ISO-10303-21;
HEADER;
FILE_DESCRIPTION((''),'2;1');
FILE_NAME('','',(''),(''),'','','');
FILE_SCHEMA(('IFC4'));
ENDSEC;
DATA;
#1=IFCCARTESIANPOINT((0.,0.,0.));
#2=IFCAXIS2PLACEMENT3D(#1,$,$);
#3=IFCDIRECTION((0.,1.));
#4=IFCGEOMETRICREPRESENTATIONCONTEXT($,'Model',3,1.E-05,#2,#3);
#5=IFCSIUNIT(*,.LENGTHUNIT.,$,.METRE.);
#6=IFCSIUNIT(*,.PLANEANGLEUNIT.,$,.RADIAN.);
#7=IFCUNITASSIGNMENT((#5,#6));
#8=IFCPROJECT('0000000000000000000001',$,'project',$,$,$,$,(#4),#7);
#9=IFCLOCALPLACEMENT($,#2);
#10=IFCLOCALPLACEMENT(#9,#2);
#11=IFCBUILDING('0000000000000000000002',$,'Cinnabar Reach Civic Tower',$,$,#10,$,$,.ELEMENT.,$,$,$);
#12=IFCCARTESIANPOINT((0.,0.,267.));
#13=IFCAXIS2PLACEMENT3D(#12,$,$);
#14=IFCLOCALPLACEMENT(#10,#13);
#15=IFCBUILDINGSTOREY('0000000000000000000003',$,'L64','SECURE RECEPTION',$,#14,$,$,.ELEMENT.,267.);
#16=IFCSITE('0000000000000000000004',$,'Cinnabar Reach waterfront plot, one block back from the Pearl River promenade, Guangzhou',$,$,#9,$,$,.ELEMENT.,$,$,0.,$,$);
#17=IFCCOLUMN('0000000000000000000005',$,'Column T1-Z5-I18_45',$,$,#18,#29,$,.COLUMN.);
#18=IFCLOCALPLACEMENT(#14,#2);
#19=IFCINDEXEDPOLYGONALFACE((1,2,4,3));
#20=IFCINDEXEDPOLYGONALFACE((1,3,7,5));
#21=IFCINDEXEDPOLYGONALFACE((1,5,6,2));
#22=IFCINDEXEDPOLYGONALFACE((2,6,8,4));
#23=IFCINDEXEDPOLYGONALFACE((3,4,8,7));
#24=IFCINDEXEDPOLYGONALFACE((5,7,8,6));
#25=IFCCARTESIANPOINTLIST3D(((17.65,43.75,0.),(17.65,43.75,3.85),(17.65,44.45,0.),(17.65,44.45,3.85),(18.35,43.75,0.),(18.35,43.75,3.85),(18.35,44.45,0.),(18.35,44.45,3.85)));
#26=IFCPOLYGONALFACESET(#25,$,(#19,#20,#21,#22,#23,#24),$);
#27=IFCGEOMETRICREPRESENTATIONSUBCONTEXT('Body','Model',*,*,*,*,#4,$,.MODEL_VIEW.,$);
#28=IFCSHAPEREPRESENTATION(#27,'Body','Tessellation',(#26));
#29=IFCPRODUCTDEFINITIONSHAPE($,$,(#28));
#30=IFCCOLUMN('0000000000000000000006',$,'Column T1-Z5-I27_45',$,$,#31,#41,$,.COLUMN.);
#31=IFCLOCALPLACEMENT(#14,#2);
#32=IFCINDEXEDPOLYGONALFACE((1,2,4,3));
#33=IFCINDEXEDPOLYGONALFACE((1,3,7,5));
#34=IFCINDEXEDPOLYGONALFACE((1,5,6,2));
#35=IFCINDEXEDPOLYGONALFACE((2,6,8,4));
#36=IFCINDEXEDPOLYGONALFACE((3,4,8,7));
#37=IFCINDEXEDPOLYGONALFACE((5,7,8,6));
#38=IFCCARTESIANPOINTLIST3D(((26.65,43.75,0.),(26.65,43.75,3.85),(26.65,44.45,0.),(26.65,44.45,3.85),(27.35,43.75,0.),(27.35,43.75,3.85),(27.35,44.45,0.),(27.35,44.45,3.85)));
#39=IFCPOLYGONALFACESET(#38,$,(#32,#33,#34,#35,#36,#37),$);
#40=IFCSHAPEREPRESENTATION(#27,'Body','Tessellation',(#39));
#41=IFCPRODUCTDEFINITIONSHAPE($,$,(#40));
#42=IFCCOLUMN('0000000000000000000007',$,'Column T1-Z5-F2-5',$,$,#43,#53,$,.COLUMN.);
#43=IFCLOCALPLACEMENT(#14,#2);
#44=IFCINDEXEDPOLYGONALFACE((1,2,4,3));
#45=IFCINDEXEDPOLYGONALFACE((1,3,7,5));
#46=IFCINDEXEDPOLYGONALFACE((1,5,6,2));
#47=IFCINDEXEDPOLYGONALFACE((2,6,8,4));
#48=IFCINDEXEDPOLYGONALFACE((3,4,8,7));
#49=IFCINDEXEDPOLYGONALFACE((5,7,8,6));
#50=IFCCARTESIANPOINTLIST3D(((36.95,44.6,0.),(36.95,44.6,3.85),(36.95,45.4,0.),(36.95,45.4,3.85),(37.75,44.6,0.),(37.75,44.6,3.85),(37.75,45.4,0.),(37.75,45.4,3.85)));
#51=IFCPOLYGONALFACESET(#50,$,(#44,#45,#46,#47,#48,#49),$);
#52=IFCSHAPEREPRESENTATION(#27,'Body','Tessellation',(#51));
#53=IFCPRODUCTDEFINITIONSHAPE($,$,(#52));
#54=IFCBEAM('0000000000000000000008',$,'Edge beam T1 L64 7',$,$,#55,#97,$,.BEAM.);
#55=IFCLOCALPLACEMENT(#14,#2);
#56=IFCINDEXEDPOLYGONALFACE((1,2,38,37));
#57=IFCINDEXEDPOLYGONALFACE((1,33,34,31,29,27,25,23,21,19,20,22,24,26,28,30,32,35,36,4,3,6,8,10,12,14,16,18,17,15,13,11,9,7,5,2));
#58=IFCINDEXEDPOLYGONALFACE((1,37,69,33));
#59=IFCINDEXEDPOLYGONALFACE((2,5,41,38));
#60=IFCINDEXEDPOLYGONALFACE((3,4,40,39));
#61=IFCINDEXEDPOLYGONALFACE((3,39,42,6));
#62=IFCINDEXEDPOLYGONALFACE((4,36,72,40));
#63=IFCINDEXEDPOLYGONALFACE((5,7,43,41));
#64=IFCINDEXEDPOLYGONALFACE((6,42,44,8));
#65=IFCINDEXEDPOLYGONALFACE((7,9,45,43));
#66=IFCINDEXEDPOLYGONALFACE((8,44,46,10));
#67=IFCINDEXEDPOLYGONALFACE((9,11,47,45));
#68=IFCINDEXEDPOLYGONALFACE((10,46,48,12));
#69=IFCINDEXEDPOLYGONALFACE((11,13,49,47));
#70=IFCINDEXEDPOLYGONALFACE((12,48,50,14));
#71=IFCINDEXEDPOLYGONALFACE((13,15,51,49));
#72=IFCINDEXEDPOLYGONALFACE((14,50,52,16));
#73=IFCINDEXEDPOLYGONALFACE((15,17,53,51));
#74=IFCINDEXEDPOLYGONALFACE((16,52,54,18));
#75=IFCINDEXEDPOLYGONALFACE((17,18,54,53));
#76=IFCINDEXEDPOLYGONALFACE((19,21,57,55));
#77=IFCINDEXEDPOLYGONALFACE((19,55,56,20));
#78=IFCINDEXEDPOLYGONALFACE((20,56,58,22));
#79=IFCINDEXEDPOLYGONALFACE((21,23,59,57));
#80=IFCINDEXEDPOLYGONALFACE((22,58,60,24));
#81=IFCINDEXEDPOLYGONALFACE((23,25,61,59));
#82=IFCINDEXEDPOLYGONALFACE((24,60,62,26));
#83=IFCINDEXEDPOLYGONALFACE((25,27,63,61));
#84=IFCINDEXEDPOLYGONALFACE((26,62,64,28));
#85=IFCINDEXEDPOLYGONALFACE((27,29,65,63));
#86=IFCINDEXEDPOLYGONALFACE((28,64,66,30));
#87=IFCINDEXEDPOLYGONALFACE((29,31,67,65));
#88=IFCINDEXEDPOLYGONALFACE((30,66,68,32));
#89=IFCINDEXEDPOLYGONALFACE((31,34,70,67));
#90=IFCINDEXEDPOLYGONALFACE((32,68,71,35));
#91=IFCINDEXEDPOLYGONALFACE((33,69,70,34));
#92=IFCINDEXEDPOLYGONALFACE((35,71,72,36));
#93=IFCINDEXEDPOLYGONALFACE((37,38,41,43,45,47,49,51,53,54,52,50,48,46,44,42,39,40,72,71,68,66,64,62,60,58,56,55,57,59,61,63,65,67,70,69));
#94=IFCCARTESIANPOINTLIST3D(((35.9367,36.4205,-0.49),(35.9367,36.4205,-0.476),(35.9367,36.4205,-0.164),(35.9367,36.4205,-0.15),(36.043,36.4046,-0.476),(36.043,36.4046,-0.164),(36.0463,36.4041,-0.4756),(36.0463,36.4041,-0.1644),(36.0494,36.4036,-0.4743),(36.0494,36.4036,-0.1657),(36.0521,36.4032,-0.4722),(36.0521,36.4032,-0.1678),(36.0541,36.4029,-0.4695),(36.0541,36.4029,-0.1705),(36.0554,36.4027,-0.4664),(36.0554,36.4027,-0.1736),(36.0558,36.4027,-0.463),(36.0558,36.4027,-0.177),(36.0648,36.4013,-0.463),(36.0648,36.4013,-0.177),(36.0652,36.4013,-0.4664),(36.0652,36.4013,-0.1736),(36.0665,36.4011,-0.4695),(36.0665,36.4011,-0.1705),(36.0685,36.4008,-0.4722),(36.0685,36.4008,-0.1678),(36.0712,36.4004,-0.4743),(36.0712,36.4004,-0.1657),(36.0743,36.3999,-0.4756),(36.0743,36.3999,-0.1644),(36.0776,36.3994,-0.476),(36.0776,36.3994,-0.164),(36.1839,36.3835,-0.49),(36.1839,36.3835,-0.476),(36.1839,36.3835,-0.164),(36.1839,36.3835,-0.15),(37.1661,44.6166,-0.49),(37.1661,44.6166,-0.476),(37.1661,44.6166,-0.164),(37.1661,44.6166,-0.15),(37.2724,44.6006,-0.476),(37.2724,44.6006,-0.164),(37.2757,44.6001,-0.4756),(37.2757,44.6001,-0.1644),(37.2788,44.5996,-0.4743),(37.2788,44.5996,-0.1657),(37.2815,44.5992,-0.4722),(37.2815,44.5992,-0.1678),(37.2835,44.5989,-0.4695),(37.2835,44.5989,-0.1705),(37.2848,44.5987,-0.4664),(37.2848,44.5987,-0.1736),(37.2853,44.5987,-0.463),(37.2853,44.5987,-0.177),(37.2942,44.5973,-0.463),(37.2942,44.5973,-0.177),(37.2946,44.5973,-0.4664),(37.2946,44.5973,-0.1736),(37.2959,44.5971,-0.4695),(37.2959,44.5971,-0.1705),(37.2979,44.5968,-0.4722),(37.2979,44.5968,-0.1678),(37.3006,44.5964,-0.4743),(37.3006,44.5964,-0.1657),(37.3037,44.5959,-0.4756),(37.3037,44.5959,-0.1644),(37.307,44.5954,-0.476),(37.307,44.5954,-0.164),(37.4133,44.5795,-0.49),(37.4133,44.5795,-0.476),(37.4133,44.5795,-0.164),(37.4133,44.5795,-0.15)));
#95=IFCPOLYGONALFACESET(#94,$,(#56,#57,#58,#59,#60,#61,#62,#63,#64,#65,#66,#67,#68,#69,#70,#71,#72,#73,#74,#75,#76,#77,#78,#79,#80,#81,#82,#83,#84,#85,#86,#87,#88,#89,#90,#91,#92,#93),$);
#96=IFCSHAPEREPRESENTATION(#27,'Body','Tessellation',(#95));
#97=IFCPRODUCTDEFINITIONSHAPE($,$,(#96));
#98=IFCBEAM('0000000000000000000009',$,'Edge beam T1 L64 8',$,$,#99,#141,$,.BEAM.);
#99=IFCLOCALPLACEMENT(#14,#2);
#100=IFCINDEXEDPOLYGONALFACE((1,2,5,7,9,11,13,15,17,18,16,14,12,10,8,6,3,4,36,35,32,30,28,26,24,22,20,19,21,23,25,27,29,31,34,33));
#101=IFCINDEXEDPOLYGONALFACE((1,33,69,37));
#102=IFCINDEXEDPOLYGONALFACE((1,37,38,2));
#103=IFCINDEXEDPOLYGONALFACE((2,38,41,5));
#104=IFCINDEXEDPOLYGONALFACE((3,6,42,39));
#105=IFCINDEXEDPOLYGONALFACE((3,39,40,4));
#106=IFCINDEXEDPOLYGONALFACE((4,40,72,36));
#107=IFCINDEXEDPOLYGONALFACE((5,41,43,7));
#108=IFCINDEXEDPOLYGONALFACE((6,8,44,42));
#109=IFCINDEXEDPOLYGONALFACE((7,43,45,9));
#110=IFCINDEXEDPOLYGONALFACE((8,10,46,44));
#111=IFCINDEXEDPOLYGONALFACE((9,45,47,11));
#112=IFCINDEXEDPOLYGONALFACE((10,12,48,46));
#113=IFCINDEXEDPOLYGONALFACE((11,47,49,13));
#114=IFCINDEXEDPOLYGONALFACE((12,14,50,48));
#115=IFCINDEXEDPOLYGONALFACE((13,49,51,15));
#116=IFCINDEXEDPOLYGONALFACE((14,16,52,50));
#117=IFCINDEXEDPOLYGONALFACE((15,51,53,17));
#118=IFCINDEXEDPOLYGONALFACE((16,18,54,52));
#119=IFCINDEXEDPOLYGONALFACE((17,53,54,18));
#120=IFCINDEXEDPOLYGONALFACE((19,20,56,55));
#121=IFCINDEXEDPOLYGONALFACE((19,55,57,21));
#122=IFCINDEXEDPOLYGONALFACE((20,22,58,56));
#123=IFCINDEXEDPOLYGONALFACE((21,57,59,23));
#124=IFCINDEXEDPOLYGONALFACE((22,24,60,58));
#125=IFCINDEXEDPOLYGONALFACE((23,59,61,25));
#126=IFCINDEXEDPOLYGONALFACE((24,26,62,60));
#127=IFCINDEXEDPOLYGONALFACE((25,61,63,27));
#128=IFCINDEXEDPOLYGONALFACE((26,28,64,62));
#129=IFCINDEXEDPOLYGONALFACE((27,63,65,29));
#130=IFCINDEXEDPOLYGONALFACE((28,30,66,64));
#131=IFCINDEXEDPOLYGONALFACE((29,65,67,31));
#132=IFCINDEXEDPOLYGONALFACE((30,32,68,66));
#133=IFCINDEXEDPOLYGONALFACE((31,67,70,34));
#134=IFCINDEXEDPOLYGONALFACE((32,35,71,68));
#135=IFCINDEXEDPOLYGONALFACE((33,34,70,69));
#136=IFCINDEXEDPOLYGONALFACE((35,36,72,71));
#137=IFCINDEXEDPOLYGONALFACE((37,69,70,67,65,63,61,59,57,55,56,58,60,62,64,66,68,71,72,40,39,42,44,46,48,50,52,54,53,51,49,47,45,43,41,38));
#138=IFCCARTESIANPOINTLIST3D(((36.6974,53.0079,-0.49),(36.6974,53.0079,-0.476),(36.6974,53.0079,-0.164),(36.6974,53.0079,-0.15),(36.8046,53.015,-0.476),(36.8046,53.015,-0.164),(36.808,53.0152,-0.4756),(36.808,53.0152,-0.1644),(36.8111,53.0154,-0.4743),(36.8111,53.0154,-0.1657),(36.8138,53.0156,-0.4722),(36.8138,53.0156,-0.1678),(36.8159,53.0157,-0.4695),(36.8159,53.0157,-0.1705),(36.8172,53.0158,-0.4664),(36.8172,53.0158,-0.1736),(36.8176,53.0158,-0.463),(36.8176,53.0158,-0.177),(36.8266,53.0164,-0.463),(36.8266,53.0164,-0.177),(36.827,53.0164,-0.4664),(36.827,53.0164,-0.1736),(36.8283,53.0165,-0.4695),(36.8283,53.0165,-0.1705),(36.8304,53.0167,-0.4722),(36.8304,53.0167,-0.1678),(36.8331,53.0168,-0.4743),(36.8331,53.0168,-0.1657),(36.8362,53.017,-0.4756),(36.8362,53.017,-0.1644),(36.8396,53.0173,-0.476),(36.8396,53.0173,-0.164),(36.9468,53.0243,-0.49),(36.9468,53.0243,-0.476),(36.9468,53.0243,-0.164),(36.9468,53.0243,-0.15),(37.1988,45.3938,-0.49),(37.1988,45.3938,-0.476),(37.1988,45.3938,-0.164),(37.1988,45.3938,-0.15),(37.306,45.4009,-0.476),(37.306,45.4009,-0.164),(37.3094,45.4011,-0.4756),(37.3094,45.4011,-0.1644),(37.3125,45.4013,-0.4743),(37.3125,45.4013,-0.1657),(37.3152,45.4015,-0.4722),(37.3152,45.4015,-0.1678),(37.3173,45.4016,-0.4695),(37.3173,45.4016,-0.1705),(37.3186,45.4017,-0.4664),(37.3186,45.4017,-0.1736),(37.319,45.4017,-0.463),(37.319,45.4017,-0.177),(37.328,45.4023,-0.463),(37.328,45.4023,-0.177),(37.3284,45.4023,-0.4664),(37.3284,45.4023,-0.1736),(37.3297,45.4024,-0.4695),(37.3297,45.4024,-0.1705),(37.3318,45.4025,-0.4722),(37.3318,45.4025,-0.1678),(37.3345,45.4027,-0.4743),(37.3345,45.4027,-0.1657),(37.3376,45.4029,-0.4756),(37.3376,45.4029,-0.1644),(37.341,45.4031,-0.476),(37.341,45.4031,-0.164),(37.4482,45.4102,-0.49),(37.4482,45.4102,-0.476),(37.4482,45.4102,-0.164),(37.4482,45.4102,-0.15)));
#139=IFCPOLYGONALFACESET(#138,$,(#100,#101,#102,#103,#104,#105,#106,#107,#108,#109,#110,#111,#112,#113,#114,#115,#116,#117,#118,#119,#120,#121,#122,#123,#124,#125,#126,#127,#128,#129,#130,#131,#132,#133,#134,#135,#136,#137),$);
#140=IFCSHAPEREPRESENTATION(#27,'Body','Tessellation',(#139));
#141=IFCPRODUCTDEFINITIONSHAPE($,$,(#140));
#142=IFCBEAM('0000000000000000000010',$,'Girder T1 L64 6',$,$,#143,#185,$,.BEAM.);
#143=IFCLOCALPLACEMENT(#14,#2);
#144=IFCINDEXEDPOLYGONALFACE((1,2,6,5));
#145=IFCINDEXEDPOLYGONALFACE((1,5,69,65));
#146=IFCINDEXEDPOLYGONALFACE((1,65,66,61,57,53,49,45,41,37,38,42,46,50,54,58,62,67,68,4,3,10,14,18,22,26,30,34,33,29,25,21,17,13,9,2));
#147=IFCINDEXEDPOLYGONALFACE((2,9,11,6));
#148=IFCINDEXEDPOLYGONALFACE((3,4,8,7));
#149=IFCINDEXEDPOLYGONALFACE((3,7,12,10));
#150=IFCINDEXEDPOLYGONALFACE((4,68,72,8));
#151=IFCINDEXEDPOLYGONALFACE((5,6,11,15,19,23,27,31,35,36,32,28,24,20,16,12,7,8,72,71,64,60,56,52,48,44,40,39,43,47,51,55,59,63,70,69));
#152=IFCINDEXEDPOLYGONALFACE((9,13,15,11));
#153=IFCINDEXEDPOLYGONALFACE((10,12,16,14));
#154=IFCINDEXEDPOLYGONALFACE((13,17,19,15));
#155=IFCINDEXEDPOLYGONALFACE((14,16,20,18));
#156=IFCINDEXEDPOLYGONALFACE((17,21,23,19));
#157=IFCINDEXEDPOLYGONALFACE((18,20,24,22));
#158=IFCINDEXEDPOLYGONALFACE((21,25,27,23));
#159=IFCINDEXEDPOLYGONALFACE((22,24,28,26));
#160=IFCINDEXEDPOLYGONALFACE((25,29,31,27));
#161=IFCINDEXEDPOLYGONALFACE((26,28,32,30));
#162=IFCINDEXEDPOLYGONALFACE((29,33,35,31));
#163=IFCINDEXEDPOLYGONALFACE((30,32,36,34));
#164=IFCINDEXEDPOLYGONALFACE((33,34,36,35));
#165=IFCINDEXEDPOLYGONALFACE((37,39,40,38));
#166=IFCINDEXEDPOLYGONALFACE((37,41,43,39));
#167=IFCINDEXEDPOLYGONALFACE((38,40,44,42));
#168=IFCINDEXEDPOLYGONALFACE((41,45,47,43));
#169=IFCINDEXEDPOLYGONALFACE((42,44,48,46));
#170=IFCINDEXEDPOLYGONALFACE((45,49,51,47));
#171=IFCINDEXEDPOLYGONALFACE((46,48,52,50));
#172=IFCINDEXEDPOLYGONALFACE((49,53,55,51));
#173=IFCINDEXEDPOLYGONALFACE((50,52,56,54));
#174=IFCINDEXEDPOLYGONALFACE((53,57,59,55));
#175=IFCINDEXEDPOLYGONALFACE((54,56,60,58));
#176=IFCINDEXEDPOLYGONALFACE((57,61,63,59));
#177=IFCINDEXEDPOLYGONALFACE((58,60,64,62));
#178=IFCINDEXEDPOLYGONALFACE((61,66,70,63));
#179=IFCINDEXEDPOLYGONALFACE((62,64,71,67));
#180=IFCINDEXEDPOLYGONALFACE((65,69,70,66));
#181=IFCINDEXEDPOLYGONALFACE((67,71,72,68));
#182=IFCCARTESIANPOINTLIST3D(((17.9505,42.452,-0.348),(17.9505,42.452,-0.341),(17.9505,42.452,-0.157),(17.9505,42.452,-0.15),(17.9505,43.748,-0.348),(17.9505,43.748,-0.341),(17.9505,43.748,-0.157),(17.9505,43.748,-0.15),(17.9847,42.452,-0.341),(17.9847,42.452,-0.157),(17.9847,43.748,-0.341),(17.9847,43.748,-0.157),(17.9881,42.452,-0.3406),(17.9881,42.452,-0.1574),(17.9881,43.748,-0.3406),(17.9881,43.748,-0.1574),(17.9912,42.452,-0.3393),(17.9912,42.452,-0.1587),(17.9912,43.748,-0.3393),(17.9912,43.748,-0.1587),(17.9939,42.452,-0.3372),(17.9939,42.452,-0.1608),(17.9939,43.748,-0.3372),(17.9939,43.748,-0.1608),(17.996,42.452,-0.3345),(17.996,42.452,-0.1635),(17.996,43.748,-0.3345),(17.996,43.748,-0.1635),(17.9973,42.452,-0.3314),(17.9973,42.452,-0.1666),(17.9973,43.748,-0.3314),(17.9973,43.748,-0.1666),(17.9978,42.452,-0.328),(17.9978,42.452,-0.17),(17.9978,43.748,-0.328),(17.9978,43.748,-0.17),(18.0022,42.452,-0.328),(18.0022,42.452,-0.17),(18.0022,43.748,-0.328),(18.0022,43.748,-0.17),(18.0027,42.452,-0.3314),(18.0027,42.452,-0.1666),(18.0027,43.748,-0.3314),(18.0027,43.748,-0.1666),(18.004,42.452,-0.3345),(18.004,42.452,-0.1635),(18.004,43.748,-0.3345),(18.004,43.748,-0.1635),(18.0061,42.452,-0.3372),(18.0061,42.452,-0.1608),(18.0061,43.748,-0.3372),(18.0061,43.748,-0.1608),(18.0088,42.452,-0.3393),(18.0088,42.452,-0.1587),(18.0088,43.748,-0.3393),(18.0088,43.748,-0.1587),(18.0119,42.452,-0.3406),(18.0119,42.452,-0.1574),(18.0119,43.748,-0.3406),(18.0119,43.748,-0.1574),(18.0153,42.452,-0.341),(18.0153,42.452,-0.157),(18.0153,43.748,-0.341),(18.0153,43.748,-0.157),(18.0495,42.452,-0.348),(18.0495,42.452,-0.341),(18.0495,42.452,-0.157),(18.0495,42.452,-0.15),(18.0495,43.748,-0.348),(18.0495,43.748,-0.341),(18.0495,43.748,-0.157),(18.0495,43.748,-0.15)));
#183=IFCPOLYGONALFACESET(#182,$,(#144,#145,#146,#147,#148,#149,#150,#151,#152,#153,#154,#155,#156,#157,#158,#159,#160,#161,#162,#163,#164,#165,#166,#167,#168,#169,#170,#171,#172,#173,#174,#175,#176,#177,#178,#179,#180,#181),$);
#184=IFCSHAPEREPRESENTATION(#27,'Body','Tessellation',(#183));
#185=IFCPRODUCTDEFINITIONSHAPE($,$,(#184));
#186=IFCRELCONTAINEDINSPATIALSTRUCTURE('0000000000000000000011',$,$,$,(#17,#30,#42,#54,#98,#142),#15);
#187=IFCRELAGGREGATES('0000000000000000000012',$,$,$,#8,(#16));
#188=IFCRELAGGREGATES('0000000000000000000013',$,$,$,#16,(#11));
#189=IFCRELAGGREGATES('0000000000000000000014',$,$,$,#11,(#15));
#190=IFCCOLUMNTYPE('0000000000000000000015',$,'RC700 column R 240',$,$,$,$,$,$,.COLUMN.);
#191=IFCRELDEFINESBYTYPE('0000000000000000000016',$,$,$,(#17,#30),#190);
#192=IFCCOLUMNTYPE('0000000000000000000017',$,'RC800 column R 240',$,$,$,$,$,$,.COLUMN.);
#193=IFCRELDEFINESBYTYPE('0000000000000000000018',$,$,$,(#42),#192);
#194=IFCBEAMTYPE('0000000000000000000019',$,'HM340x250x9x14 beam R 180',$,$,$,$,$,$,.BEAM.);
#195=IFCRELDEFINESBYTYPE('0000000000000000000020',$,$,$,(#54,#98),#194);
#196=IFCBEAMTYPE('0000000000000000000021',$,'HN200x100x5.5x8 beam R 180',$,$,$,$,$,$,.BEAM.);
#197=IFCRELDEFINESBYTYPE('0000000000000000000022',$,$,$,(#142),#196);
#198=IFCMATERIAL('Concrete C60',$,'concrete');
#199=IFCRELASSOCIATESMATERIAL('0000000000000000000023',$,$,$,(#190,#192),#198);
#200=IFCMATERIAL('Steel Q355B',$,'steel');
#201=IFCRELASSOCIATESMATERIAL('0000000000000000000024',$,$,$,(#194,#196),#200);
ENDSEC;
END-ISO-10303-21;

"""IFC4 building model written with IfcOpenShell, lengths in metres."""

from ifc_helpers import new_model, si_unit, direction, frame, origin, origin_2d, place, context, subcontext, project, spatial, rectangle, i_section, extrude, material, material_profile, profile_set, type_object, element, save


model = new_model("IFC4")

# Units and contexts
model_context = context("Model", 3, precision=1e-05, world=origin(), true_north=direction((0.0, 1.0)))
body_context = subcontext(model_context, "Body", "Model", "MODEL_VIEW")
ifc_project = project(units=[si_unit("LENGTHUNIT", "METRE"), si_unit("PLANEANGLEUNIT", "RADIAN")], contexts=[model_context])

# Site, building, storey
site_placement = place(None, origin())
site = spatial("IfcSite", under=ifc_project, at=site_placement, Name="Cinnabar Reach waterfront plot, one block back from the Pearl River promenade, Guangzhou", CompositionType="ELEMENT", RefElevation=0.0)
building_placement = place(site_placement, origin())
building = spatial("IfcBuilding", under=site, at=building_placement, Name="Cinnabar Reach Civic Tower", CompositionType="ELEMENT")
storey_placement = place(building_placement, frame((0.0, 0.0, 267.0)))
storey = spatial("IfcBuildingStorey", under=building, at=storey_placement, Name="L64", Description="SECURE RECEPTION", CompositionType="ELEMENT", Elevation=267.0)

# Columns
ifc_material_1 = material(Name="Concrete C60", Category="concrete")
ifc_material_profile_1 = material_profile(ifc_material_1, rectangle(XDim=0.7, YDim=0.7, at=origin_2d()), Name="RC700")
ifc_profile_set_1 = profile_set([ifc_material_profile_1], Name="Concrete C60")
column_type_1 = type_object("IfcColumnType", Name="RC700 column R 240", PredefinedType="COLUMN", material=ifc_profile_set_1)
for number, where, z_axis, x_axis, name in (
    (1, (18.0, 44.1, 0.0), (0.0, 0.0, 1.0), (1.0, 0.0, 0.0), "Column T1-Z5-I18_45"),
    (2, (27.0, 44.1, 0.0), (0.0, 0.0, 1.0), (1.0, 0.0, 0.0), "Column T1-Z5-I27_45"),
):
    element("IfcColumn", number, at=place(storey_placement, frame(where, z_axis=z_axis, x_axis=x_axis)), inside=storey, type_object=column_type_1, Name=name, PredefinedType="COLUMN", context=body_context, shape_type="SweptSolid", body=[
        extrude(rectangle(XDim=0.7, YDim=0.7, at=origin_2d()), origin(), (0.0, 0.0, 1.0), 3.85),
    ])
ifc_material_profile_2 = material_profile(ifc_material_1, rectangle(XDim=0.8, YDim=0.8, at=origin_2d()), Name="RC800")
ifc_profile_set_2 = profile_set([ifc_material_profile_2], Name="Concrete C60")
column_type_2 = type_object("IfcColumnType", Name="RC800 column R 240", PredefinedType="COLUMN", material=ifc_profile_set_2)
column_placement = place(storey_placement, frame((37.35, 45.0, 0.0), z_axis=(0.0, 0.0, 1.0), x_axis=(1.0, 0.0, 0.0)))
element("IfcColumn", 3, at=column_placement, inside=storey, type_object=column_type_2, Name="Column T1-Z5-F2-5", PredefinedType="COLUMN", context=body_context, shape_type="SweptSolid", body=[
    extrude(rectangle(XDim=0.8, YDim=0.8, at=origin_2d()), origin(), (0.0, 0.0, 1.0), 3.85),
])

# Beams
ifc_material_2 = material(Name="Steel Q355B", Category="steel")
ifc_material_profile_3 = material_profile(ifc_material_2, i_section(OverallWidth=0.25, OverallDepth=0.34, WebThickness=0.009, FlangeThickness=0.014, FilletRadius=0.013, at=origin_2d()), Name="HM340x250x9x14")
ifc_profile_set_3 = profile_set([ifc_material_profile_3], Name="Steel Q355B")
beam_type_1 = type_object("IfcBeamType", Name="HM340x250x9x14 beam R 180", PredefinedType="BEAM", material=ifc_profile_set_3)
beam_1_placement = place(storey_placement, frame((36.0603, 36.402, -0.32), z_axis=(0.14834, 0.988936, 0.0), x_axis=(-0.988936, 0.14834, 0.0)))
element("IfcBeam", 4, at=beam_1_placement, inside=storey, type_object=beam_type_1, Name="Edge beam T1 L64 7", PredefinedType="BEAM", context=body_context, shape_type="SweptSolid", body=[
    extrude(i_section(OverallWidth=0.25, OverallDepth=0.34, WebThickness=0.009, FlangeThickness=0.014, FilletRadius=0.013, at=origin_2d()), origin(), (0.0, 0.0, 1.0), 8.2877),
])
beam_2_placement = place(storey_placement, frame((37.3235, 45.402, -0.32), z_axis=(-0.065709, 0.997839, 0.0), x_axis=(-0.997839, -0.065709, 0.0)))
element("IfcBeam", 5, at=beam_2_placement, inside=storey, type_object=beam_type_1, Name="Edge beam T1 L64 8", PredefinedType="BEAM", context=body_context, shape_type="SweptSolid", body=[
    extrude(i_section(OverallWidth=0.25, OverallDepth=0.34, WebThickness=0.009, FlangeThickness=0.014, FilletRadius=0.013, at=origin_2d()), origin(), (0.0, 0.0, 1.0), 7.6306),
])
ifc_material_profile_4 = material_profile(ifc_material_2, i_section(OverallWidth=0.099, OverallDepth=0.198, WebThickness=0.0045, FlangeThickness=0.007, FilletRadius=0.013, at=origin_2d()), Name="HN200x100x5.5x8")
ifc_profile_set_4 = profile_set([ifc_material_profile_4], Name="Steel Q355B")
beam_type_2 = type_object("IfcBeamType", Name="HN200x100x5.5x8 beam R 180", PredefinedType="BEAM", material=ifc_profile_set_4)
beam_3_placement = place(storey_placement, frame((18.0, 42.452, -0.249), z_axis=(0.0, 1.0, 0.0), x_axis=(-1.0, 0.0, 0.0)))
element("IfcBeam", 6, at=beam_3_placement, inside=storey, type_object=beam_type_2, Name="Girder T1 L64 6", PredefinedType="BEAM", context=body_context, shape_type="SweptSolid", body=[
    extrude(i_section(OverallWidth=0.099, OverallDepth=0.198, WebThickness=0.0045, FlangeThickness=0.007, FilletRadius=0.013, at=origin_2d()), origin(), (0.0, 0.0, 1.0), 1.296),
])

save(model, "model.ifc")
